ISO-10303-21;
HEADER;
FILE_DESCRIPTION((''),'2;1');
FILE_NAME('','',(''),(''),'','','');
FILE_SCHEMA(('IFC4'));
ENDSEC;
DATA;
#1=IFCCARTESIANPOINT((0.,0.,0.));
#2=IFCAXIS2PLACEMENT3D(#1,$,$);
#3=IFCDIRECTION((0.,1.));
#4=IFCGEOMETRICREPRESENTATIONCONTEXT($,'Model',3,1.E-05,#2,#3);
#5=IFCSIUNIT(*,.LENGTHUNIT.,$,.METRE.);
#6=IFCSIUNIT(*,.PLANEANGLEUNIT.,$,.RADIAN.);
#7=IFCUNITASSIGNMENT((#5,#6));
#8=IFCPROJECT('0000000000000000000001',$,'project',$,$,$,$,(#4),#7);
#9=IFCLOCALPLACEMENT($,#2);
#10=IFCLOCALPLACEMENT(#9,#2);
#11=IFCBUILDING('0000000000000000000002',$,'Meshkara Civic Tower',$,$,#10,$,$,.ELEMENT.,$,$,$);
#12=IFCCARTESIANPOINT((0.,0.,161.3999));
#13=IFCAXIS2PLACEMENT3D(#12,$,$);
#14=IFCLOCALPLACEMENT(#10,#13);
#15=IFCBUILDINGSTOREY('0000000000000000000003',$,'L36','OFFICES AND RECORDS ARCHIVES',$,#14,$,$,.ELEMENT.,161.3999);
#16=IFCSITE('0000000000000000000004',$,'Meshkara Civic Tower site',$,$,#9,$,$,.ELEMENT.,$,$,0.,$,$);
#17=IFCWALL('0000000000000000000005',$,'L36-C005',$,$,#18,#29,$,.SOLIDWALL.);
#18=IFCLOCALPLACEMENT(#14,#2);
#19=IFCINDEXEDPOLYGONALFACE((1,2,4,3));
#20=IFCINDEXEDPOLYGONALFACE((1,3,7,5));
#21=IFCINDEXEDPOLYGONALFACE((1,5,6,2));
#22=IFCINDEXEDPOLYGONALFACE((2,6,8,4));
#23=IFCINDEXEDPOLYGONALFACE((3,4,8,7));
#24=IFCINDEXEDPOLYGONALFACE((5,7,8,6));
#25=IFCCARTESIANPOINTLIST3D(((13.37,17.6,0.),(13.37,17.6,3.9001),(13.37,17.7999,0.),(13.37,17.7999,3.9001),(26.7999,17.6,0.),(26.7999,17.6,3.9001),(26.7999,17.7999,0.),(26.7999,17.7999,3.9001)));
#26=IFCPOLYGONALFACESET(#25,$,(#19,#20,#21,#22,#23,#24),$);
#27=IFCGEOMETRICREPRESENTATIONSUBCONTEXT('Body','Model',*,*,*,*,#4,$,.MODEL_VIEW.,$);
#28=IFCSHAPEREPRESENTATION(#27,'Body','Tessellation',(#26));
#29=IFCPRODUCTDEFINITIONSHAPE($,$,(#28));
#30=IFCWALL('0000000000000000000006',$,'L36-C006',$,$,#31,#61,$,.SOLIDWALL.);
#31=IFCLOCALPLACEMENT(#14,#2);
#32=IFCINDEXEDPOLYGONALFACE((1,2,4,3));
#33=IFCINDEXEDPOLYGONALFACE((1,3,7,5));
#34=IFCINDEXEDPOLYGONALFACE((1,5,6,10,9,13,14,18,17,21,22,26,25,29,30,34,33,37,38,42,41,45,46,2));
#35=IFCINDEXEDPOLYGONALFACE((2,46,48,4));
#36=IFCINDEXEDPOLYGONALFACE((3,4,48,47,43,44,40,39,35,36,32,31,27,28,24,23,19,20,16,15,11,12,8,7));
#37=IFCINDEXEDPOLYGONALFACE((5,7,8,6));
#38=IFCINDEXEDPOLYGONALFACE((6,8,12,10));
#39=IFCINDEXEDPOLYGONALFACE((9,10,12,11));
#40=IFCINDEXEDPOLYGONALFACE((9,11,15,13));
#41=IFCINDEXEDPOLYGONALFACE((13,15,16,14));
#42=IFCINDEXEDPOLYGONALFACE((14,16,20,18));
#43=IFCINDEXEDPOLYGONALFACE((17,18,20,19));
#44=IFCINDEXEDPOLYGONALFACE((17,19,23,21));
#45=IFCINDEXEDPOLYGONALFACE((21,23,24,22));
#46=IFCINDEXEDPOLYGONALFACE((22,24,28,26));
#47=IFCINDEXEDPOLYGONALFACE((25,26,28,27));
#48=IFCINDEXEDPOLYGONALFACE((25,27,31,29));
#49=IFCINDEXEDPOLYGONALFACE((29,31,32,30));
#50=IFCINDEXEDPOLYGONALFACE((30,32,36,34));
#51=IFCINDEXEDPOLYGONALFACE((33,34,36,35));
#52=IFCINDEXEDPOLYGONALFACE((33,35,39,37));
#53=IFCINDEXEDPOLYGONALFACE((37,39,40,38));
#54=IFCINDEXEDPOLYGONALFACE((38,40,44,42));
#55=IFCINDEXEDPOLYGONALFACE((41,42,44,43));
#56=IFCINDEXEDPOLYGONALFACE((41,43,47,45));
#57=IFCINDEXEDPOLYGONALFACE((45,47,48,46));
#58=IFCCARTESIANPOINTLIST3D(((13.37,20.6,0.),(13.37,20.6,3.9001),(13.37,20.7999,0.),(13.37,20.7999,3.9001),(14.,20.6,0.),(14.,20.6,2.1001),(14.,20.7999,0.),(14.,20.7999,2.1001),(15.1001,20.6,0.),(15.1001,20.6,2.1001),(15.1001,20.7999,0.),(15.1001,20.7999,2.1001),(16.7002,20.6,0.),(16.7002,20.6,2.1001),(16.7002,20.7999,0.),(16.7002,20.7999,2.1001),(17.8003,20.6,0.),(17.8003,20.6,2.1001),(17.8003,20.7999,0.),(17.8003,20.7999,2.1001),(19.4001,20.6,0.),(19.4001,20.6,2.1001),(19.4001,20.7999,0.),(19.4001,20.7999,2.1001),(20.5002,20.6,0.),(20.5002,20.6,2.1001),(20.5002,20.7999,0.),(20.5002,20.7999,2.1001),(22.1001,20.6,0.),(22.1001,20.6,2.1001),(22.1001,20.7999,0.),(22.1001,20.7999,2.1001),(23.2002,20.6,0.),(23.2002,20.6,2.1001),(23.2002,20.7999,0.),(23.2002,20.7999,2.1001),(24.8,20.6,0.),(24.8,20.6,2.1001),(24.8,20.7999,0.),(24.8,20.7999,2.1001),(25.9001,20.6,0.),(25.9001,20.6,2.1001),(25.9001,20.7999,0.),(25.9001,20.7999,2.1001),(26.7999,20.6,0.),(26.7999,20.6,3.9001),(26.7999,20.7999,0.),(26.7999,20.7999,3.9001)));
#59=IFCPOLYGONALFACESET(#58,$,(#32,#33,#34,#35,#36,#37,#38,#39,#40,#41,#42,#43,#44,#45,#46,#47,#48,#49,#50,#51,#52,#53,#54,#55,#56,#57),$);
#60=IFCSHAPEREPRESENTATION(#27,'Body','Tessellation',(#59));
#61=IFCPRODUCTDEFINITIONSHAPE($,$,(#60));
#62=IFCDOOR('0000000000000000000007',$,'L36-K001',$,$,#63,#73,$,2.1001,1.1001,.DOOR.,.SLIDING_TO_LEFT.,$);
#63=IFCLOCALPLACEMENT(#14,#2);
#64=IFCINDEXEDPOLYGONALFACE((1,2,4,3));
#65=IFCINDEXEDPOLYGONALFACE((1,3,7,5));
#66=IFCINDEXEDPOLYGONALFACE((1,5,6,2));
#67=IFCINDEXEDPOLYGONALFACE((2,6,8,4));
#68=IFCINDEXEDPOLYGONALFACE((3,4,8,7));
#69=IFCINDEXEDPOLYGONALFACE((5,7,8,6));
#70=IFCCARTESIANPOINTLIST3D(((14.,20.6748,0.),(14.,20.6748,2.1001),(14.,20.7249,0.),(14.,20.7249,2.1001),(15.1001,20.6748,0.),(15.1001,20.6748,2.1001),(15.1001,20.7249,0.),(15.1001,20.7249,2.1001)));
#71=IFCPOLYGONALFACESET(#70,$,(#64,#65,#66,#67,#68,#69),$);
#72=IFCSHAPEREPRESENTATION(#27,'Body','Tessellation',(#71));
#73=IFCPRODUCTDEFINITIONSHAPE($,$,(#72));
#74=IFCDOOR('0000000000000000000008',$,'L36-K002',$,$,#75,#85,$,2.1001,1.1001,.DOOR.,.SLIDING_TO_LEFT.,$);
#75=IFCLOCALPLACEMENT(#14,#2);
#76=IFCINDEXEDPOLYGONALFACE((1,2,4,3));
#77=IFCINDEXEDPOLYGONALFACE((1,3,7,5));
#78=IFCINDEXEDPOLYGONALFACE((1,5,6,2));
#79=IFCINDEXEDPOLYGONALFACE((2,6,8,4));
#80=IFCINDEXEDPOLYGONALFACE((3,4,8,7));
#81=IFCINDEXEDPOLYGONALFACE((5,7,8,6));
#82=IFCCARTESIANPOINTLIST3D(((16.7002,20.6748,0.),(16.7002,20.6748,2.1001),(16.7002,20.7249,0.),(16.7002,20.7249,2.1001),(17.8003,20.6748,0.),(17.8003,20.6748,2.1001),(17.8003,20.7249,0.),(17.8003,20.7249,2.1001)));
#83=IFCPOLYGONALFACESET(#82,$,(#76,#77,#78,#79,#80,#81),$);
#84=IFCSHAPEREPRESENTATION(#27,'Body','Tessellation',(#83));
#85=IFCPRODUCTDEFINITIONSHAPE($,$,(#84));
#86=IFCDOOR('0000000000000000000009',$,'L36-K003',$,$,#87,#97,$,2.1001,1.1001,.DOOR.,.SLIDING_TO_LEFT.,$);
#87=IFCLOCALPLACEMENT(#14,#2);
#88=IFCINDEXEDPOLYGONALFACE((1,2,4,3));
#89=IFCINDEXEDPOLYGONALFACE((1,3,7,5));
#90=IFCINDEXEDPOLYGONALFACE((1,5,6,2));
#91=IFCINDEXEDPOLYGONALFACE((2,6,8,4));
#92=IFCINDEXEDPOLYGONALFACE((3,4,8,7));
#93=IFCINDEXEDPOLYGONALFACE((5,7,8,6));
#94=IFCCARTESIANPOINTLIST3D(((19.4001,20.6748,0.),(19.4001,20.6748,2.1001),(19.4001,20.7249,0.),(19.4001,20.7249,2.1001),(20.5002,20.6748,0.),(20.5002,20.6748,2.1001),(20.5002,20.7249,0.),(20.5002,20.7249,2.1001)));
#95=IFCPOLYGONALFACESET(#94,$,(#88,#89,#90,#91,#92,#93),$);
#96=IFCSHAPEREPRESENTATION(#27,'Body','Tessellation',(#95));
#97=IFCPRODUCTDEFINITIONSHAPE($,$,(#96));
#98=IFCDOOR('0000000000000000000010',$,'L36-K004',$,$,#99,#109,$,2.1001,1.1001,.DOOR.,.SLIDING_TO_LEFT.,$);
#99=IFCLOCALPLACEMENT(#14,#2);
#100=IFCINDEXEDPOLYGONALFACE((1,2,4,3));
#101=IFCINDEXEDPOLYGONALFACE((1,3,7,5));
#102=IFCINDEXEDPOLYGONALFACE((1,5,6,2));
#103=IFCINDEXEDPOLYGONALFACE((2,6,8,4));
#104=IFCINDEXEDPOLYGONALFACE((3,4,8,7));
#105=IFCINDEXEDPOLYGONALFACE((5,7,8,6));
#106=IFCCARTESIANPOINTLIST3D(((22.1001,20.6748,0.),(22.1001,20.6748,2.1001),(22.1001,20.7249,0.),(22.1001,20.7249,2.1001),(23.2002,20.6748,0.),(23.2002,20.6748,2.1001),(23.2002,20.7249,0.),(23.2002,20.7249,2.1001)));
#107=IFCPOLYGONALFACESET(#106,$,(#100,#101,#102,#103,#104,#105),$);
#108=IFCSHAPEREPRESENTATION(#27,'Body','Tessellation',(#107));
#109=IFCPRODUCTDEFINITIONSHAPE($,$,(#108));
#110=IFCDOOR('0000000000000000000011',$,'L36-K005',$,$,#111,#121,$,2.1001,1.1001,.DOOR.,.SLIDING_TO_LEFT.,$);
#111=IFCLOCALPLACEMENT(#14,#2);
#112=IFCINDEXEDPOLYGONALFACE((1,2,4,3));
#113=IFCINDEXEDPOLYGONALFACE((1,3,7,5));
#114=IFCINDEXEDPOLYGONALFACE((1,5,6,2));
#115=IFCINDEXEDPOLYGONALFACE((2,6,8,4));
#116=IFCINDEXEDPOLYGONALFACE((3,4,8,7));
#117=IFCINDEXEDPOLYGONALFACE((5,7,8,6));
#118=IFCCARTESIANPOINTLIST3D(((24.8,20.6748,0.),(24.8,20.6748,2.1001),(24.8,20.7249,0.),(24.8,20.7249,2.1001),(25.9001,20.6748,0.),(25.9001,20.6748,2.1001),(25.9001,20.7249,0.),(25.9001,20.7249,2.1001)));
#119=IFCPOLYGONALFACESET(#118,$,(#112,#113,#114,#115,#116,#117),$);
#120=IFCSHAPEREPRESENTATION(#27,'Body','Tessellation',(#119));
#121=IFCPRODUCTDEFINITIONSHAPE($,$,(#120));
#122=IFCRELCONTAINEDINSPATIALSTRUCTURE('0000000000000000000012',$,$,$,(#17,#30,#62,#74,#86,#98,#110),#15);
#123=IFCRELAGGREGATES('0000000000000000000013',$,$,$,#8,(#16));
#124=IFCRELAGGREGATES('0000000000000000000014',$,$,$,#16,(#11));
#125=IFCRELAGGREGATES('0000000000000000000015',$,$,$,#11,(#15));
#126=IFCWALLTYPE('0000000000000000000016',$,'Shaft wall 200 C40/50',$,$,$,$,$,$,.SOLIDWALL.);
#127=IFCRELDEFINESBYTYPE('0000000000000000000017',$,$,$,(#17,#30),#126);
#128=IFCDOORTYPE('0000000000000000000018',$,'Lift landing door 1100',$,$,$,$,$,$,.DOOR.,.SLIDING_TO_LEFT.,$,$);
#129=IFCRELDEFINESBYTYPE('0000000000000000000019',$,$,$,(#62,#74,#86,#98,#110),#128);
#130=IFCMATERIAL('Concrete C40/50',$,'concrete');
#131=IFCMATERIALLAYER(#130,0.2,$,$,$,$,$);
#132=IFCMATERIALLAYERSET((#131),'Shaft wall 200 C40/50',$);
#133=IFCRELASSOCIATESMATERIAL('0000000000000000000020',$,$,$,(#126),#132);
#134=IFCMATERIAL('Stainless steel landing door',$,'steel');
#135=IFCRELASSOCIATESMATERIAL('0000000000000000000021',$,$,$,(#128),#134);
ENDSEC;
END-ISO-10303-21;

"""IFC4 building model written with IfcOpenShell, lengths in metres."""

from ifc_helpers import new_model, si_unit, direction, frame, frame_2d, origin, place, context, subcontext, project, spatial, rectangle, extrude, material, layer, layer_set, type_object, element, fill, save


model = new_model("IFC4")

# Units and contexts
model_context = context("Model", 3, precision=1e-05, world=origin(), true_north=direction((0.0, 1.0)))
body_context = subcontext(model_context, "Body", "Model", "MODEL_VIEW")
ifc_project = project(units=[si_unit("LENGTHUNIT", "METRE"), si_unit("PLANEANGLEUNIT", "RADIAN")], contexts=[model_context])

# Site, building, storey
site_placement = place(None, origin())
site = spatial("IfcSite", under=ifc_project, at=site_placement, Name="Meshkara Civic Tower site", CompositionType="ELEMENT", RefElevation=0.0)
building_placement = place(site_placement, origin())
building = spatial("IfcBuilding", under=site, at=building_placement, Name="Meshkara Civic Tower", CompositionType="ELEMENT")
storey_placement = place(building_placement, frame((0.0, 0.0, 161.3999)))
storey = spatial("IfcBuildingStorey", under=building, at=storey_placement, Name="L36", Description="OFFICES AND RECORDS ARCHIVES", CompositionType="ELEMENT", Elevation=161.3999)

# Wall
ifc_material_1 = material(Name="Concrete C40/50", Category="concrete")
ifc_layer_1 = layer(ifc_material_1, 0.2)
ifc_layer_set_1 = layer_set([ifc_layer_1], Name="Shaft wall 200 C40/50")
wall_type_1 = type_object("IfcWallType", Name="Shaft wall 200 C40/50", PredefinedType="SOLIDWALL", material=ifc_layer_set_1)
wall_1_placement = place(storey_placement, frame((13.3701, 17.7, 0.0), z_axis=(0.0, 0.0, 1.0), x_axis=(1.0, 0.0, 0.0)))
element("IfcWall", 1, at=wall_1_placement, inside=storey, type_object=wall_type_1, Name="L36-C005", PredefinedType="SOLIDWALL", context=body_context, shape_type="SweptSolid", body=[
    extrude(rectangle(XDim=13.4299, YDim=0.2, at=frame_2d((6.7148, 0.0))), origin(), (0.0, 0.0, 1.0), 3.9001),
])

# Wall, openings, doors
wall_2_placement = place(storey_placement, frame((13.3701, 20.7, 0.0), z_axis=(0.0, 0.0, 1.0), x_axis=(1.0, 0.0, 0.0)))
wall_2 = element("IfcWall", 2, at=wall_2_placement, inside=storey, type_object=wall_type_1, Name="L36-C006", PredefinedType="SOLIDWALL", context=body_context, shape_type="SweptSolid", body=[
    extrude(rectangle(XDim=13.4299, YDim=0.2, at=frame_2d((6.7148, 0.0))), origin(), (0.0, 0.0, 1.0), 3.9001),
])
opening_1_placement = place(wall_2_placement, frame((0.6299, 0.0, 0.0)))
opening_1 = element("IfcOpeningElement", 3, at=opening_1_placement, cuts=wall_2, PredefinedType="OPENING", context=body_context, shape_type="SweptSolid", body=[
    extrude(rectangle(XDim=1.1001, YDim=2.1001, at=frame_2d((0.55, 1.05))), frame((0.0, 0.1099, 0.0), z_axis=(0.0, -1.0, 0.0), x_axis=(1.0, 0.0, 0.0)), (0.0, 0.0, 1.0), 0.22),
])
opening_2_placement = place(wall_2_placement, frame((3.3301, 0.0, 0.0)))
opening_2 = element("IfcOpeningElement", 4, at=opening_2_placement, cuts=wall_2, PredefinedType="OPENING", context=body_context, shape_type="SweptSolid", body=[
    extrude(rectangle(XDim=1.1001, YDim=2.1001, at=frame_2d((0.55, 1.05))), frame((0.0, 0.1099, 0.0), z_axis=(0.0, -1.0, 0.0), x_axis=(1.0, 0.0, 0.0)), (0.0, 0.0, 1.0), 0.22),
])
opening_3_placement = place(wall_2_placement, frame((6.03, 0.0, 0.0)))
opening_3 = element("IfcOpeningElement", 5, at=opening_3_placement, cuts=wall_2, PredefinedType="OPENING", context=body_context, shape_type="SweptSolid", body=[
    extrude(rectangle(XDim=1.1001, YDim=2.1001, at=frame_2d((0.55, 1.05))), frame((0.0, 0.1099, 0.0), z_axis=(0.0, -1.0, 0.0), x_axis=(1.0, 0.0, 0.0)), (0.0, 0.0, 1.0), 0.22),
])
opening_4_placement = place(wall_2_placement, frame((8.73, 0.0, 0.0)))
opening_4 = element("IfcOpeningElement", 6, at=opening_4_placement, cuts=wall_2, PredefinedType="OPENING", context=body_context, shape_type="SweptSolid", body=[
    extrude(rectangle(XDim=1.1001, YDim=2.1001, at=frame_2d((0.55, 1.05))), frame((0.0, 0.1099, 0.0), z_axis=(0.0, -1.0, 0.0), x_axis=(1.0, 0.0, 0.0)), (0.0, 0.0, 1.0), 0.22),
])
opening_5_placement = place(wall_2_placement, frame((11.4299, 0.0, 0.0)))
opening_5 = element("IfcOpeningElement", 7, at=opening_5_placement, cuts=wall_2, PredefinedType="OPENING", context=body_context, shape_type="SweptSolid", body=[
    extrude(rectangle(XDim=1.1001, YDim=2.1001, at=frame_2d((0.55, 1.05))), frame((0.0, 0.1099, 0.0), z_axis=(0.0, -1.0, 0.0), x_axis=(1.0, 0.0, 0.0)), (0.0, 0.0, 1.0), 0.22),
])
ifc_material_2 = material(Name="Stainless steel landing door", Category="steel")
door_type_1 = type_object("IfcDoorType", Name="Lift landing door 1100", OperationType="SLIDING_TO_LEFT", PredefinedType="DOOR", material=ifc_material_2)
door_1_placement = place(opening_1_placement, origin())
door_1 = element("IfcDoor", 8, at=door_1_placement, inside=storey, type_object=door_type_1, Name="L36-K001", OperationType="SLIDING_TO_LEFT", OverallHeight=2.1001, OverallWidth=1.1001, PredefinedType="DOOR", context=body_context, shape_type="SweptSolid", body=[
    extrude(rectangle(XDim=1.1001, YDim=2.1001, at=frame_2d((0.55, 1.05))), frame((0.0, 0.0249, 0.0), z_axis=(0.0, -1.0, 0.0), x_axis=(1.0, 0.0, 0.0)), (0.0, 0.0, 1.0), 0.05),
])
fill(opening_1, door_1)
door_2_placement = place(opening_2_placement, origin())
door_2 = element("IfcDoor", 9, at=door_2_placement, inside=storey, type_object=door_type_1, Name="L36-K002", OperationType="SLIDING_TO_LEFT", OverallHeight=2.1001, OverallWidth=1.1001, PredefinedType="DOOR", context=body_context, shape_type="SweptSolid", body=[
    extrude(rectangle(XDim=1.1001, YDim=2.1001, at=frame_2d((0.55, 1.05))), frame((0.0, 0.0249, 0.0), z_axis=(0.0, -1.0, 0.0), x_axis=(1.0, 0.0, 0.0)), (0.0, 0.0, 1.0), 0.05),
])
fill(opening_2, door_2)
door_3_placement = place(opening_3_placement, origin())
door_3 = element("IfcDoor", 10, at=door_3_placement, inside=storey, type_object=door_type_1, Name="L36-K003", OperationType="SLIDING_TO_LEFT", OverallHeight=2.1001, OverallWidth=1.1001, PredefinedType="DOOR", context=body_context, shape_type="SweptSolid", body=[
    extrude(rectangle(XDim=1.1001, YDim=2.1001, at=frame_2d((0.55, 1.05))), frame((0.0, 0.0249, 0.0), z_axis=(0.0, -1.0, 0.0), x_axis=(1.0, 0.0, 0.0)), (0.0, 0.0, 1.0), 0.05),
])
fill(opening_3, door_3)
door_4_placement = place(opening_4_placement, origin())
door_4 = element("IfcDoor", 11, at=door_4_placement, inside=storey, type_object=door_type_1, Name="L36-K004", OperationType="SLIDING_TO_LEFT", OverallHeight=2.1001, OverallWidth=1.1001, PredefinedType="DOOR", context=body_context, shape_type="SweptSolid", body=[
    extrude(rectangle(XDim=1.1001, YDim=2.1001, at=frame_2d((0.55, 1.05))), frame((0.0, 0.0249, 0.0), z_axis=(0.0, -1.0, 0.0), x_axis=(1.0, 0.0, 0.0)), (0.0, 0.0, 1.0), 0.05),
])
fill(opening_4, door_4)
door_5_placement = place(opening_5_placement, origin())
door_5 = element("IfcDoor", 12, at=door_5_placement, inside=storey, type_object=door_type_1, Name="L36-K005", OperationType="SLIDING_TO_LEFT", OverallHeight=2.1001, OverallWidth=1.1001, PredefinedType="DOOR", context=body_context, shape_type="SweptSolid", body=[
    extrude(rectangle(XDim=1.1001, YDim=2.1001, at=frame_2d((0.55, 1.05))), frame((0.0, 0.0249, 0.0), z_axis=(0.0, -1.0, 0.0), x_axis=(1.0, 0.0, 0.0)), (0.0, 0.0, 1.0), 0.05),
])
fill(opening_5, door_5)

save(model, "model.ifc")
